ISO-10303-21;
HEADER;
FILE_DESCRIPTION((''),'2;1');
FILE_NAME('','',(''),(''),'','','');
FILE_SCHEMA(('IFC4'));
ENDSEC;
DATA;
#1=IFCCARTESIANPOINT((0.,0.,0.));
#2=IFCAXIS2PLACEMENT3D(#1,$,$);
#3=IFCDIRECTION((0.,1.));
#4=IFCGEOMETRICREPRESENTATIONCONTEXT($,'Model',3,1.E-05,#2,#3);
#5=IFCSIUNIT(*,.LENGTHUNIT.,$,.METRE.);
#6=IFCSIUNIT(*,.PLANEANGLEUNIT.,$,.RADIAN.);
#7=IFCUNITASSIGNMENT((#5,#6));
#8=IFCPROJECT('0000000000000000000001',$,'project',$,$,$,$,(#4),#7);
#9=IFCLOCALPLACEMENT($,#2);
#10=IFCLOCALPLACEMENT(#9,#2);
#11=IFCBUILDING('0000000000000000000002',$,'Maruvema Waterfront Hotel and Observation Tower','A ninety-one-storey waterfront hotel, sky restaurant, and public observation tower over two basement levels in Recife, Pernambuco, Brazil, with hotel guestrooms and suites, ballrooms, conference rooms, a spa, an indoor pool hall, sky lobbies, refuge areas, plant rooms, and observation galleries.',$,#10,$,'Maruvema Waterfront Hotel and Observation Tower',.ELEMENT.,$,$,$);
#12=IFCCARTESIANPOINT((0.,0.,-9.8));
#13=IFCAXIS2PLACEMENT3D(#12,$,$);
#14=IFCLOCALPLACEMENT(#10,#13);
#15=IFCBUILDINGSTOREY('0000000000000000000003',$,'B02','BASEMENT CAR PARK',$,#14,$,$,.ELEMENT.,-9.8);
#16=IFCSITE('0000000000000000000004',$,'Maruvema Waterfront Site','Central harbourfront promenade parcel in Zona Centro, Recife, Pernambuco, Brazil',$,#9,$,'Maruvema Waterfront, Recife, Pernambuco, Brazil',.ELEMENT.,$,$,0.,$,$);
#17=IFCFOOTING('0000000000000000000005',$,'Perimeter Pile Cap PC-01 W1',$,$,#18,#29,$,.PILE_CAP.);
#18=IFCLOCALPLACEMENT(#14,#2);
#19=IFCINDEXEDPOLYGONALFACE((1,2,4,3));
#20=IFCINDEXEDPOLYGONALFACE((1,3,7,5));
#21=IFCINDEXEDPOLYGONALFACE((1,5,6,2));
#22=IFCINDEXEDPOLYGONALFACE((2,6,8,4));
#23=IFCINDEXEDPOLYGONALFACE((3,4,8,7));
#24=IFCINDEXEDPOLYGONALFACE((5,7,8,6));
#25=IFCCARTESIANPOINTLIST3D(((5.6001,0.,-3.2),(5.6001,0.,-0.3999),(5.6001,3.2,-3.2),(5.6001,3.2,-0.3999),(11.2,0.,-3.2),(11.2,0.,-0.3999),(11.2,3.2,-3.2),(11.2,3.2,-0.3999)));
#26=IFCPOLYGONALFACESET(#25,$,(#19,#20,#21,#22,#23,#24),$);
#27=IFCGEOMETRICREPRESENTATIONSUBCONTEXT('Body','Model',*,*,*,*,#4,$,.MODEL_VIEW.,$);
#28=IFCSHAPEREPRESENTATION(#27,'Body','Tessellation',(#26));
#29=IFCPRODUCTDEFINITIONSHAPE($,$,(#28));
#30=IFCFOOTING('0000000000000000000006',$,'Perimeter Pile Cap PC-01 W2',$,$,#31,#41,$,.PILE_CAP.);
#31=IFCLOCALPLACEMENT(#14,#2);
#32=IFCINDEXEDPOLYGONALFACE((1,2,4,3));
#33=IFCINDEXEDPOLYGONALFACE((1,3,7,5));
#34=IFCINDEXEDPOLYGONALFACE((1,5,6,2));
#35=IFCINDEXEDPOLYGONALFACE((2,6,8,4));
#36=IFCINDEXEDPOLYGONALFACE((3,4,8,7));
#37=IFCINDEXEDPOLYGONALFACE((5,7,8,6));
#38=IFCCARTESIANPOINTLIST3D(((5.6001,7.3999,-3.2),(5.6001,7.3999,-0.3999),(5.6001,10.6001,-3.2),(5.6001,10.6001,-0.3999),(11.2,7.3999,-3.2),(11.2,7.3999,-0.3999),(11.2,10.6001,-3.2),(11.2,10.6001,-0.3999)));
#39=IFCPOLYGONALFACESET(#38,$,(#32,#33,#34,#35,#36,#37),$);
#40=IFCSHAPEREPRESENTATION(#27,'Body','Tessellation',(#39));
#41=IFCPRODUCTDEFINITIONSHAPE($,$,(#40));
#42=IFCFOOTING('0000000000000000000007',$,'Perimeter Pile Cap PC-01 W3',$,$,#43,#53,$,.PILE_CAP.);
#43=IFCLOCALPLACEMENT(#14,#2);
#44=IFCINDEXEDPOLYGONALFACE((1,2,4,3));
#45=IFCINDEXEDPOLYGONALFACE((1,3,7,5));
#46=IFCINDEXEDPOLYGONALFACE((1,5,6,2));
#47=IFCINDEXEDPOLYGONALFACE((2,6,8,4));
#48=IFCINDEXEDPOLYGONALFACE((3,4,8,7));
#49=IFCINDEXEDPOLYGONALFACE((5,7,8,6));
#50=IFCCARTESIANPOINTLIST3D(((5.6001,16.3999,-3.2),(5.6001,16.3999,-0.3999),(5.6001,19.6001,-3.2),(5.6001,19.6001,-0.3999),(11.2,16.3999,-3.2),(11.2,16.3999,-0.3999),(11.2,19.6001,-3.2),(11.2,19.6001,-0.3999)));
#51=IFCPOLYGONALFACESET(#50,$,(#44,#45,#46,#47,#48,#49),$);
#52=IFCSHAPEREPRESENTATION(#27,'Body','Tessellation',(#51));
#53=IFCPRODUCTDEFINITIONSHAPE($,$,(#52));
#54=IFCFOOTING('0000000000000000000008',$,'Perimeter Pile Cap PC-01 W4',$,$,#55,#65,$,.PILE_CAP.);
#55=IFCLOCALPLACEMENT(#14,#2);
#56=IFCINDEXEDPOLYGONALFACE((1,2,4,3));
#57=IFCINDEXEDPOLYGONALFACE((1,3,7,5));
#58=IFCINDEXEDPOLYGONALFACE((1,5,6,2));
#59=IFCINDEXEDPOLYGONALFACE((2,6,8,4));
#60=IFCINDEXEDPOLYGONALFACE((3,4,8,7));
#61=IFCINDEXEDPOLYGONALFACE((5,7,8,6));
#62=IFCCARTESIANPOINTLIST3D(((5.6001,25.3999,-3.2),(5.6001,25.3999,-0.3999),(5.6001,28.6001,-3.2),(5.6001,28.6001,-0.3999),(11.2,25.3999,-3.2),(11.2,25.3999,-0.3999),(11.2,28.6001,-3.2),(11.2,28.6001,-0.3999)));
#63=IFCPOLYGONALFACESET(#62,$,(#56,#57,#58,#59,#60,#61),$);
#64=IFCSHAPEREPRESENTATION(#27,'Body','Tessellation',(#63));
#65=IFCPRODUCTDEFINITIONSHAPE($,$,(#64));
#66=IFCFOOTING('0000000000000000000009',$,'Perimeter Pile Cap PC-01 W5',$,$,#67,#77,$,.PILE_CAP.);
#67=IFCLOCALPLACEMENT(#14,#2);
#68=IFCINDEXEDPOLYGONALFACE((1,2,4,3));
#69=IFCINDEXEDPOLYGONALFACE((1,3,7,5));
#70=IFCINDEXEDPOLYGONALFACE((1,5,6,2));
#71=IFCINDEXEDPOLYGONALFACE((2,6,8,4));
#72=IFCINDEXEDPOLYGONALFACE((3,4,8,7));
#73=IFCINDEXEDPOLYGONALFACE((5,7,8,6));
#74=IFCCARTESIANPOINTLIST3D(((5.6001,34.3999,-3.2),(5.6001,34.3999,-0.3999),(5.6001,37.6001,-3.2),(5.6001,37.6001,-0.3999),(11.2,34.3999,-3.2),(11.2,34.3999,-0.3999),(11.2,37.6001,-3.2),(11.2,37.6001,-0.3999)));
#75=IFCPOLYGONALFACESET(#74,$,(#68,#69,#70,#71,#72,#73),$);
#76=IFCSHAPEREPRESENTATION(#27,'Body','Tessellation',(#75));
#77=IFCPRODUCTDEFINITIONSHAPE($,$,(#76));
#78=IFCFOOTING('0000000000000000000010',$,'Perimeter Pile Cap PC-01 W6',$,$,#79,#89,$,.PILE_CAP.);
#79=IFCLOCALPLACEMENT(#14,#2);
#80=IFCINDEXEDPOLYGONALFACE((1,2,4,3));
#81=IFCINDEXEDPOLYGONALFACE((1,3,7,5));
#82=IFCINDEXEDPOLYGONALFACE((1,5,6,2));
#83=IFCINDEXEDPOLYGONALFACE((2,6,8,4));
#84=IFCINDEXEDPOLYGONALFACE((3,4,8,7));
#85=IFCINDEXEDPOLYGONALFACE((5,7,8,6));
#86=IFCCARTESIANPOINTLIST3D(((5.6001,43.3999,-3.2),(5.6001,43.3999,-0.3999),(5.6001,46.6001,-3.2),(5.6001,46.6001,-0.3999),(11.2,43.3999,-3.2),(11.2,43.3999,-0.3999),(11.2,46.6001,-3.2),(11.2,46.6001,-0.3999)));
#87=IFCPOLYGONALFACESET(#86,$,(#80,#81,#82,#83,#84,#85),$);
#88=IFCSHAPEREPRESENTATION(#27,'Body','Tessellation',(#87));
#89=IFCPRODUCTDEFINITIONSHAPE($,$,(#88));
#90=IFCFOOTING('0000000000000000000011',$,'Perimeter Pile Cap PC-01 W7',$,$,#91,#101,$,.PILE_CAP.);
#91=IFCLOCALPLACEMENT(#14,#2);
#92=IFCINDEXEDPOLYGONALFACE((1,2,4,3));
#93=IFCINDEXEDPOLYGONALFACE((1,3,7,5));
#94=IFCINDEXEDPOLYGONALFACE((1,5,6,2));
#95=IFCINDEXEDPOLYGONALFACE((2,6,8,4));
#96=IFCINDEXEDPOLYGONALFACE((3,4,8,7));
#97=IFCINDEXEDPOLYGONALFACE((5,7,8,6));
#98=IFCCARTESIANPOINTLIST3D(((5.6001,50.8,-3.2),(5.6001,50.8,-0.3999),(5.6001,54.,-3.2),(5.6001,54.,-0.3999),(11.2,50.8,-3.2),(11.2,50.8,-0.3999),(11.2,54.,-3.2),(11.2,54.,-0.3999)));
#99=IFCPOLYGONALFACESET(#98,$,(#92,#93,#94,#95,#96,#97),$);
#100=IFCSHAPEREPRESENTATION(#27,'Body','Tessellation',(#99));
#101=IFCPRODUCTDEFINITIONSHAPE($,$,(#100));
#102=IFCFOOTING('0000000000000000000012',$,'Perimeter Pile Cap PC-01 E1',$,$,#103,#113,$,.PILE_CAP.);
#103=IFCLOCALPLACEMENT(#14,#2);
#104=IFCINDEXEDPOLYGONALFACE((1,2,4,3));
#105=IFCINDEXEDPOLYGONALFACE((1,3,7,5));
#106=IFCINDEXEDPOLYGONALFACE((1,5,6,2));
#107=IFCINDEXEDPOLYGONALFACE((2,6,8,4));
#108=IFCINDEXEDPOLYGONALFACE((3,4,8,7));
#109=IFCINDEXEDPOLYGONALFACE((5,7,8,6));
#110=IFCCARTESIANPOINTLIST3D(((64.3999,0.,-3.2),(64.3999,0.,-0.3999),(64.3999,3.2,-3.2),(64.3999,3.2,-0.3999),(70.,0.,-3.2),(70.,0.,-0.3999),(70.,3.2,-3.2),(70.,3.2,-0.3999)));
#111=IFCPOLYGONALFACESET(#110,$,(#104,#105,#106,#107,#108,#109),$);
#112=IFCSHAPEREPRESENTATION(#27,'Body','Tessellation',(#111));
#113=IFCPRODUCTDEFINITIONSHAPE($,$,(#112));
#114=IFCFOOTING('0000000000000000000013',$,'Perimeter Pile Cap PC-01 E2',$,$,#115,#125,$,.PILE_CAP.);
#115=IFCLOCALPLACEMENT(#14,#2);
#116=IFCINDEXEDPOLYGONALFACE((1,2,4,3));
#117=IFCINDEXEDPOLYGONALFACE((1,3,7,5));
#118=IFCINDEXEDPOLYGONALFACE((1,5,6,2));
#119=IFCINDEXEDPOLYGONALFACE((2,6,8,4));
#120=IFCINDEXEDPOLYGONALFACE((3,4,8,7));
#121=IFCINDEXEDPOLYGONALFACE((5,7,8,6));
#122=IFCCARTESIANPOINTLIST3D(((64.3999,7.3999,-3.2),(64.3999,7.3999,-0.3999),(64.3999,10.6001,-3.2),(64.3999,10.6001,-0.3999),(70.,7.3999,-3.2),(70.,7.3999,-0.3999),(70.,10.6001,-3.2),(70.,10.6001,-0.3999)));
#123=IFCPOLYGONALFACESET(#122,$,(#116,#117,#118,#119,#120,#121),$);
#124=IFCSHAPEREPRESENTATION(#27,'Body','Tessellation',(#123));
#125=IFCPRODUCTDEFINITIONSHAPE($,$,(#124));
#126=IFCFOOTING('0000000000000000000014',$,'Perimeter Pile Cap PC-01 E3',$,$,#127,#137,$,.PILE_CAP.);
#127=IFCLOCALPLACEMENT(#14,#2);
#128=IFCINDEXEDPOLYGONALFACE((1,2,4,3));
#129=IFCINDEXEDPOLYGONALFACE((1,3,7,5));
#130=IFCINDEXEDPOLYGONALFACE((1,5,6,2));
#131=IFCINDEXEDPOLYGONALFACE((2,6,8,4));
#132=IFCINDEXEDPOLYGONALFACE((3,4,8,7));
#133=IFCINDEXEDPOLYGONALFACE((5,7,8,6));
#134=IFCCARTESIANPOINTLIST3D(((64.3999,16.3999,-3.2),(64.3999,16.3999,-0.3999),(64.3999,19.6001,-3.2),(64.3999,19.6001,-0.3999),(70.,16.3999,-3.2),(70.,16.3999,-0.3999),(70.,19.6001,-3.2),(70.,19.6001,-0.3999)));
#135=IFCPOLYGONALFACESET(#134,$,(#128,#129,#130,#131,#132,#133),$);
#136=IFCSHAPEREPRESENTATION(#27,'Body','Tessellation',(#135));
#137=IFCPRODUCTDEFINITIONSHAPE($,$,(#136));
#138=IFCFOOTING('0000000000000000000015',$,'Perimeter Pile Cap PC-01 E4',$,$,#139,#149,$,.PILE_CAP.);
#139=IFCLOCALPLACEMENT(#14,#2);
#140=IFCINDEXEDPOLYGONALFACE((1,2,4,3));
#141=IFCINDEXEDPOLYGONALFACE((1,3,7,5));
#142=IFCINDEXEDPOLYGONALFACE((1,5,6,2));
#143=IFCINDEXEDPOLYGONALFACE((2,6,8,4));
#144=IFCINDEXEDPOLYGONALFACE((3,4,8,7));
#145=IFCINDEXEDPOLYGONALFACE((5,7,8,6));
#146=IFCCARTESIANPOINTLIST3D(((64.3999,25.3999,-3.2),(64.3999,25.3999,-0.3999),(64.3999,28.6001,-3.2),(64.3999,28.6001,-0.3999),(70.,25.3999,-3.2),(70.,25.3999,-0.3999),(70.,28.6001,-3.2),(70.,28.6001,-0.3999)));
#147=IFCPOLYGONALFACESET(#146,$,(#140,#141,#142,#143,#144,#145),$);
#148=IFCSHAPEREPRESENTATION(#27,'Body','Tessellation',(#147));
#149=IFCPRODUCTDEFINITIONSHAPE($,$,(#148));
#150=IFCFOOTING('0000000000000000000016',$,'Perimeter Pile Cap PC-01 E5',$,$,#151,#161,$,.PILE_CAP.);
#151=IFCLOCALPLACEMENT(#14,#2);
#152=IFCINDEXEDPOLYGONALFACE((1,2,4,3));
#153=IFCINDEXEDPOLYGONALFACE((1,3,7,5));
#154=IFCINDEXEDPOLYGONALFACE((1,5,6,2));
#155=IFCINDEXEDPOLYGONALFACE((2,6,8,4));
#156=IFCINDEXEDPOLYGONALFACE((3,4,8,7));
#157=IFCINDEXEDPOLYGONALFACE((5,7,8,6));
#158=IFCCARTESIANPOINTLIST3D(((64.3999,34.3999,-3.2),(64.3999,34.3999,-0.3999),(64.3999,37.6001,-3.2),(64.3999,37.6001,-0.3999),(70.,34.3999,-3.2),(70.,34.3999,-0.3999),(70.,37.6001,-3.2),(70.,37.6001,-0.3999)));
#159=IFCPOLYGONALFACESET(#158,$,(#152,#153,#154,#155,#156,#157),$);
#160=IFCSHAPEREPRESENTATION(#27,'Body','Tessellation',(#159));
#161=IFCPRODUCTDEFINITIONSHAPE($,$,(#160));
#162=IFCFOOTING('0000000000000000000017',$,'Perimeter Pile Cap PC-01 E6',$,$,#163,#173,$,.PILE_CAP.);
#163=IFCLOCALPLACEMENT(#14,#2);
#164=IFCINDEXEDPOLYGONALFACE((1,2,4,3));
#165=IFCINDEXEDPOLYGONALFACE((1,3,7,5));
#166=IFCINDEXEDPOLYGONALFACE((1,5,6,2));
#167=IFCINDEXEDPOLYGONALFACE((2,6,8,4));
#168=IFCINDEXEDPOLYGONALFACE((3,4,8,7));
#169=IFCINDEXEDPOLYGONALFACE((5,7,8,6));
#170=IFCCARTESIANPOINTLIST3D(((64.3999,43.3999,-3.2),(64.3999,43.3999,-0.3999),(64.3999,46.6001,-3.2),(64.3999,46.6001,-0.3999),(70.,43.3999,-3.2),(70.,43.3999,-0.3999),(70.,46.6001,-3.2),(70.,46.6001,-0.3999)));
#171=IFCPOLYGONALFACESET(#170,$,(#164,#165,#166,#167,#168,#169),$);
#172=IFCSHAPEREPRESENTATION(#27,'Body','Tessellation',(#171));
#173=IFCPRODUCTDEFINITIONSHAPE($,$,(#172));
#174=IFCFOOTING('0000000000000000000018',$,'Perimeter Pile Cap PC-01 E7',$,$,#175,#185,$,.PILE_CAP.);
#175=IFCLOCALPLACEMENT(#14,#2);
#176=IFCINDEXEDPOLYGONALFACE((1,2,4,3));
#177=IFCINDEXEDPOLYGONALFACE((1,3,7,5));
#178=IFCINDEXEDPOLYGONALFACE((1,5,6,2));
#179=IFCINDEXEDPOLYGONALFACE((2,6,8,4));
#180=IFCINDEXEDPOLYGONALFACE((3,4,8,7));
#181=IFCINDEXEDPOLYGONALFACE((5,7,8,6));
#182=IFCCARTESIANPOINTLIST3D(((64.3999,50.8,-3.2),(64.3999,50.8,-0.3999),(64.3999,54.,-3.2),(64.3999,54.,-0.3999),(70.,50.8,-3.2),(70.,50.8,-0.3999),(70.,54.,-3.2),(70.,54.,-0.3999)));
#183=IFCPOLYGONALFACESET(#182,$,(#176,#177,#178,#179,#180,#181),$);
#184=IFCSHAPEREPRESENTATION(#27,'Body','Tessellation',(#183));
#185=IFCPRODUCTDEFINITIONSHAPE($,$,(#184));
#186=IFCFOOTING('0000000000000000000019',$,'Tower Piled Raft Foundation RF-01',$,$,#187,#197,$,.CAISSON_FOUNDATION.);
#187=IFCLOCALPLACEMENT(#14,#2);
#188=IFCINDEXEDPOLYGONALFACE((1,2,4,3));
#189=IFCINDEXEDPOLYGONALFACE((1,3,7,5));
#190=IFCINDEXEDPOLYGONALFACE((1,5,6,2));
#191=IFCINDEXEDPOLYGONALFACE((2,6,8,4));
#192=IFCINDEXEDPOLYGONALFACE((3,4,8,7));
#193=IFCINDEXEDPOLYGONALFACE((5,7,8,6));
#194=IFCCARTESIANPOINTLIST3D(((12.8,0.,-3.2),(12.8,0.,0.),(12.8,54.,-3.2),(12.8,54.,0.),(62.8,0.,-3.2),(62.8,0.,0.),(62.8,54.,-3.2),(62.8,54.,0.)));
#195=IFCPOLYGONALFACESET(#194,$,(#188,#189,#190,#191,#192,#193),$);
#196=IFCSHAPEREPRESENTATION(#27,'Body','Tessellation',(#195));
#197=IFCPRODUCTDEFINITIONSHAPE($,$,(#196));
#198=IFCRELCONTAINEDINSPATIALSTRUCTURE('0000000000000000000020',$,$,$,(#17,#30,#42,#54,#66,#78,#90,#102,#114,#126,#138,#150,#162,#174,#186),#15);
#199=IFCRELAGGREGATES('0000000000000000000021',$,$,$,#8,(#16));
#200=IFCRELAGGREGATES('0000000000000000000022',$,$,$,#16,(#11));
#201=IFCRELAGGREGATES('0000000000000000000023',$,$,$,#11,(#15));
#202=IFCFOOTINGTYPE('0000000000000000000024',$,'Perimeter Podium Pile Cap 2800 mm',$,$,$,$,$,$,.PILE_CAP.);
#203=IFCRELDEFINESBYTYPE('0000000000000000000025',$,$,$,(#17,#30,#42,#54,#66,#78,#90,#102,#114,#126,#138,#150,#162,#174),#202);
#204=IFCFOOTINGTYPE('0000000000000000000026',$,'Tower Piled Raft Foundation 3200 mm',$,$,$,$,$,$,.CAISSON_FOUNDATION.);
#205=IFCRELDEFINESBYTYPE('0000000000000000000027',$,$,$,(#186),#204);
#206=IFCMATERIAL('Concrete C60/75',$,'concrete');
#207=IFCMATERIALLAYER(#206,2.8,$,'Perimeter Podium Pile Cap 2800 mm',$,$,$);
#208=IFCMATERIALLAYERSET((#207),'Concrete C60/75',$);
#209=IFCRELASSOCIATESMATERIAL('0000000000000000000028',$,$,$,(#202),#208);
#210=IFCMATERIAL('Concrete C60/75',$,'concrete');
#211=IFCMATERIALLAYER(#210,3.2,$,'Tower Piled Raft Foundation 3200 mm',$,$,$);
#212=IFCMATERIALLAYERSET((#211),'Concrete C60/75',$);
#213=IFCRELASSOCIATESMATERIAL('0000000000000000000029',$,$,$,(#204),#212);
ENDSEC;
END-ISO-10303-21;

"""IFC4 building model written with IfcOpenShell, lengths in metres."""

from ifc_helpers import new_model, si_unit, direction, frame, origin, place, context, subcontext, project, spatial, polyline, outline, extrude, material, layer, layer_set, type_object, element, save


model = new_model("IFC4")

# Units and contexts
model_context = context("Model", 3, precision=1e-05, world=origin(), true_north=direction((0.0, 1.0)))
body_context = subcontext(model_context, "Body", "Model", "MODEL_VIEW")
ifc_project = project(units=[si_unit("LENGTHUNIT", "METRE"), si_unit("PLANEANGLEUNIT", "RADIAN")], contexts=[model_context])

# Site, building, storey
site_placement = place(None, origin())
site = spatial("IfcSite", under=ifc_project, at=site_placement, Name="Maruvema Waterfront Site", Description="Central harbourfront promenade parcel in Zona Centro, Recife, Pernambuco, Brazil", LongName="Maruvema Waterfront, Recife, Pernambuco, Brazil", CompositionType="ELEMENT", RefElevation=0.0)
building_placement = place(site_placement, origin())
building = spatial("IfcBuilding", under=site, at=building_placement, Name="Maruvema Waterfront Hotel and Observation Tower", Description="A ninety-one-storey waterfront hotel, sky restaurant, and public observation tower over two basement levels in Recife, Pernambuco, Brazil, with hotel guestrooms and suites, ballrooms, conference rooms, a spa, an indoor pool hall, sky lobbies, refuge areas, plant rooms, and observation galleries.", LongName="Maruvema Waterfront Hotel and Observation Tower", CompositionType="ELEMENT")
storey_placement = place(building_placement, frame((0.0, 0.0, -9.8)))
storey = spatial("IfcBuildingStorey", under=building, at=storey_placement, Name="B02", Description="BASEMENT CAR PARK", CompositionType="ELEMENT", Elevation=-9.8)

# Footings
ifc_material_1 = material(Name="Concrete C60/75", Category="concrete")
ifc_layer_1 = layer(ifc_material_1, 2.8, Name="Perimeter Podium Pile Cap 2800 mm")
ifc_layer_set_1 = layer_set([ifc_layer_1], Name="Concrete C60/75")
footing_type_1 = type_object("IfcFootingType", Name="Perimeter Podium Pile Cap 2800 mm", PredefinedType="PILE_CAP", material=ifc_layer_set_1)
footing_1_placement = place(storey_placement, frame((0.0, 0.0, -3.2)))
element("IfcFooting", 1, at=footing_1_placement, inside=storey, type_object=footing_type_1, Name="Perimeter Pile Cap PC-01 W1", PredefinedType="PILE_CAP", context=body_context, shape_type="SweptSolid", body=[
    extrude(outline(polyline([(5.6001, 0.0), (11.2, 0.0), (11.2, 3.2), (5.6001, 3.2), (5.6001, 0.0)])), origin(), (0.0, 0.0, 1.0), 2.8),
])
footing_2_placement = place(storey_placement, frame((0.0, 0.0, -3.2)))
element("IfcFooting", 2, at=footing_2_placement, inside=storey, type_object=footing_type_1, Name="Perimeter Pile Cap PC-01 W2", PredefinedType="PILE_CAP", context=body_context, shape_type="SweptSolid", body=[
    extrude(outline(polyline([(5.6001, 7.3999), (11.2, 7.3999), (11.2, 10.6001), (5.6001, 10.6001), (5.6001, 7.3999)])), origin(), (0.0, 0.0, 1.0), 2.8),
])
footing_3_placement = place(storey_placement, frame((0.0, 0.0, -3.2)))
element("IfcFooting", 3, at=footing_3_placement, inside=storey, type_object=footing_type_1, Name="Perimeter Pile Cap PC-01 W3", PredefinedType="PILE_CAP", context=body_context, shape_type="SweptSolid", body=[
    extrude(outline(polyline([(5.6001, 16.3999), (11.2, 16.3999), (11.2, 19.6001), (5.6001, 19.6001), (5.6001, 16.3999)])), origin(), (0.0, 0.0, 1.0), 2.8),
])
footing_4_placement = place(storey_placement, frame((0.0, 0.0, -3.2)))
element("IfcFooting", 4, at=footing_4_placement, inside=storey, type_object=footing_type_1, Name="Perimeter Pile Cap PC-01 W4", PredefinedType="PILE_CAP", context=body_context, shape_type="SweptSolid", body=[
    extrude(outline(polyline([(5.6001, 25.3999), (11.2, 25.3999), (11.2, 28.6001), (5.6001, 28.6001), (5.6001, 25.3999)])), origin(), (0.0, 0.0, 1.0), 2.8),
])
footing_5_placement = place(storey_placement, frame((0.0, 0.0, -3.2)))
element("IfcFooting", 5, at=footing_5_placement, inside=storey, type_object=footing_type_1, Name="Perimeter Pile Cap PC-01 W5", PredefinedType="PILE_CAP", context=body_context, shape_type="SweptSolid", body=[
    extrude(outline(polyline([(5.6001, 34.3999), (11.2, 34.3999), (11.2, 37.6001), (5.6001, 37.6001), (5.6001, 34.3999)])), origin(), (0.0, 0.0, 1.0), 2.8),
])
footing_6_placement = place(storey_placement, frame((0.0, 0.0, -3.2)))
element("IfcFooting", 6, at=footing_6_placement, inside=storey, type_object=footing_type_1, Name="Perimeter Pile Cap PC-01 W6", PredefinedType="PILE_CAP", context=body_context, shape_type="SweptSolid", body=[
    extrude(outline(polyline([(5.6001, 43.3999), (11.2, 43.3999), (11.2, 46.6001), (5.6001, 46.6001), (5.6001, 43.3999)])), origin(), (0.0, 0.0, 1.0), 2.8),
])
footing_7_placement = place(storey_placement, frame((0.0, 0.0, -3.2)))
element("IfcFooting", 7, at=footing_7_placement, inside=storey, type_object=footing_type_1, Name="Perimeter Pile Cap PC-01 W7", PredefinedType="PILE_CAP", context=body_context, shape_type="SweptSolid", body=[
    extrude(outline(polyline([(5.6001, 50.8), (11.2, 50.8), (11.2, 54.0), (5.6001, 54.0), (5.6001, 50.8)])), origin(), (0.0, 0.0, 1.0), 2.8),
])
footing_8_placement = place(storey_placement, frame((0.0, 0.0, -3.2)))
element("IfcFooting", 8, at=footing_8_placement, inside=storey, type_object=footing_type_1, Name="Perimeter Pile Cap PC-01 E1", PredefinedType="PILE_CAP", context=body_context, shape_type="SweptSolid", body=[
    extrude(outline(polyline([(64.3999, 0.0), (70.0, 0.0), (70.0, 3.2), (64.3999, 3.2), (64.3999, 0.0)])), origin(), (0.0, 0.0, 1.0), 2.8),
])
footing_9_placement = place(storey_placement, frame((0.0, 0.0, -3.2)))
element("IfcFooting", 9, at=footing_9_placement, inside=storey, type_object=footing_type_1, Name="Perimeter Pile Cap PC-01 E2", PredefinedType="PILE_CAP", context=body_context, shape_type="SweptSolid", body=[
    extrude(outline(polyline([(64.3999, 7.3999), (70.0, 7.3999), (70.0, 10.6001), (64.3999, 10.6001), (64.3999, 7.3999)])), origin(), (0.0, 0.0, 1.0), 2.8),
])
footing_10_placement = place(storey_placement, frame((0.0, 0.0, -3.2)))
element("IfcFooting", 10, at=footing_10_placement, inside=storey, type_object=footing_type_1, Name="Perimeter Pile Cap PC-01 E3", PredefinedType="PILE_CAP", context=body_context, shape_type="SweptSolid", body=[
    extrude(outline(polyline([(64.3999, 16.3999), (70.0, 16.3999), (70.0, 19.6001), (64.3999, 19.6001), (64.3999, 16.3999)])), origin(), (0.0, 0.0, 1.0), 2.8),
])
footing_11_placement = place(storey_placement, frame((0.0, 0.0, -3.2)))
element("IfcFooting", 11, at=footing_11_placement, inside=storey, type_object=footing_type_1, Name="Perimeter Pile Cap PC-01 E4", PredefinedType="PILE_CAP", context=body_context, shape_type="SweptSolid", body=[
    extrude(outline(polyline([(64.3999, 25.3999), (70.0, 25.3999), (70.0, 28.6001), (64.3999, 28.6001), (64.3999, 25.3999)])), origin(), (0.0, 0.0, 1.0), 2.8),
])
footing_12_placement = place(storey_placement, frame((0.0, 0.0, -3.2)))
element("IfcFooting", 12, at=footing_12_placement, inside=storey, type_object=footing_type_1, Name="Perimeter Pile Cap PC-01 E5", PredefinedType="PILE_CAP", context=body_context, shape_type="SweptSolid", body=[
    extrude(outline(polyline([(64.3999, 34.3999), (70.0, 34.3999), (70.0, 37.6001), (64.3999, 37.6001), (64.3999, 34.3999)])), origin(), (0.0, 0.0, 1.0), 2.8),
])
footing_13_placement = place(storey_placement, frame((0.0, 0.0, -3.2)))
element("IfcFooting", 13, at=footing_13_placement, inside=storey, type_object=footing_type_1, Name="Perimeter Pile Cap PC-01 E6", PredefinedType="PILE_CAP", context=body_context, shape_type="SweptSolid", body=[
    extrude(outline(polyline([(64.3999, 43.3999), (70.0, 43.3999), (70.0, 46.6001), (64.3999, 46.6001), (64.3999, 43.3999)])), origin(), (0.0, 0.0, 1.0), 2.8),
])
footing_14_placement = place(storey_placement, frame((0.0, 0.0, -3.2)))
element("IfcFooting", 14, at=footing_14_placement, inside=storey, type_object=footing_type_1, Name="Perimeter Pile Cap PC-01 E7", PredefinedType="PILE_CAP", context=body_context, shape_type="SweptSolid", body=[
    extrude(outline(polyline([(64.3999, 50.8), (70.0, 50.8), (70.0, 54.0), (64.3999, 54.0), (64.3999, 50.8)])), origin(), (0.0, 0.0, 1.0), 2.8),
])
ifc_material_2 = material(Name="Concrete C60/75", Category="concrete")
ifc_layer_2 = layer(ifc_material_2, 3.2, Name="Tower Piled Raft Foundation 3200 mm")
ifc_layer_set_2 = layer_set([ifc_layer_2], Name="Concrete C60/75")
footing_type_2 = type_object("IfcFootingType", Name="Tower Piled Raft Foundation 3200 mm", PredefinedType="CAISSON_FOUNDATION", material=ifc_layer_set_2)
footing_15_placement = place(storey_placement, frame((0.0, 0.0, -3.2)))
element("IfcFooting", 15, at=footing_15_placement, inside=storey, type_object=footing_type_2, Name="Tower Piled Raft Foundation RF-01", PredefinedType="CAISSON_FOUNDATION", context=body_context, shape_type="SweptSolid", body=[
    extrude(outline(polyline([(12.8, 0.0), (62.8, 0.0), (62.8, 54.0), (12.8, 54.0), (12.8, 0.0)])), origin(), (0.0, 0.0, 1.0), 3.2),
])

save(model, "model.ifc")
